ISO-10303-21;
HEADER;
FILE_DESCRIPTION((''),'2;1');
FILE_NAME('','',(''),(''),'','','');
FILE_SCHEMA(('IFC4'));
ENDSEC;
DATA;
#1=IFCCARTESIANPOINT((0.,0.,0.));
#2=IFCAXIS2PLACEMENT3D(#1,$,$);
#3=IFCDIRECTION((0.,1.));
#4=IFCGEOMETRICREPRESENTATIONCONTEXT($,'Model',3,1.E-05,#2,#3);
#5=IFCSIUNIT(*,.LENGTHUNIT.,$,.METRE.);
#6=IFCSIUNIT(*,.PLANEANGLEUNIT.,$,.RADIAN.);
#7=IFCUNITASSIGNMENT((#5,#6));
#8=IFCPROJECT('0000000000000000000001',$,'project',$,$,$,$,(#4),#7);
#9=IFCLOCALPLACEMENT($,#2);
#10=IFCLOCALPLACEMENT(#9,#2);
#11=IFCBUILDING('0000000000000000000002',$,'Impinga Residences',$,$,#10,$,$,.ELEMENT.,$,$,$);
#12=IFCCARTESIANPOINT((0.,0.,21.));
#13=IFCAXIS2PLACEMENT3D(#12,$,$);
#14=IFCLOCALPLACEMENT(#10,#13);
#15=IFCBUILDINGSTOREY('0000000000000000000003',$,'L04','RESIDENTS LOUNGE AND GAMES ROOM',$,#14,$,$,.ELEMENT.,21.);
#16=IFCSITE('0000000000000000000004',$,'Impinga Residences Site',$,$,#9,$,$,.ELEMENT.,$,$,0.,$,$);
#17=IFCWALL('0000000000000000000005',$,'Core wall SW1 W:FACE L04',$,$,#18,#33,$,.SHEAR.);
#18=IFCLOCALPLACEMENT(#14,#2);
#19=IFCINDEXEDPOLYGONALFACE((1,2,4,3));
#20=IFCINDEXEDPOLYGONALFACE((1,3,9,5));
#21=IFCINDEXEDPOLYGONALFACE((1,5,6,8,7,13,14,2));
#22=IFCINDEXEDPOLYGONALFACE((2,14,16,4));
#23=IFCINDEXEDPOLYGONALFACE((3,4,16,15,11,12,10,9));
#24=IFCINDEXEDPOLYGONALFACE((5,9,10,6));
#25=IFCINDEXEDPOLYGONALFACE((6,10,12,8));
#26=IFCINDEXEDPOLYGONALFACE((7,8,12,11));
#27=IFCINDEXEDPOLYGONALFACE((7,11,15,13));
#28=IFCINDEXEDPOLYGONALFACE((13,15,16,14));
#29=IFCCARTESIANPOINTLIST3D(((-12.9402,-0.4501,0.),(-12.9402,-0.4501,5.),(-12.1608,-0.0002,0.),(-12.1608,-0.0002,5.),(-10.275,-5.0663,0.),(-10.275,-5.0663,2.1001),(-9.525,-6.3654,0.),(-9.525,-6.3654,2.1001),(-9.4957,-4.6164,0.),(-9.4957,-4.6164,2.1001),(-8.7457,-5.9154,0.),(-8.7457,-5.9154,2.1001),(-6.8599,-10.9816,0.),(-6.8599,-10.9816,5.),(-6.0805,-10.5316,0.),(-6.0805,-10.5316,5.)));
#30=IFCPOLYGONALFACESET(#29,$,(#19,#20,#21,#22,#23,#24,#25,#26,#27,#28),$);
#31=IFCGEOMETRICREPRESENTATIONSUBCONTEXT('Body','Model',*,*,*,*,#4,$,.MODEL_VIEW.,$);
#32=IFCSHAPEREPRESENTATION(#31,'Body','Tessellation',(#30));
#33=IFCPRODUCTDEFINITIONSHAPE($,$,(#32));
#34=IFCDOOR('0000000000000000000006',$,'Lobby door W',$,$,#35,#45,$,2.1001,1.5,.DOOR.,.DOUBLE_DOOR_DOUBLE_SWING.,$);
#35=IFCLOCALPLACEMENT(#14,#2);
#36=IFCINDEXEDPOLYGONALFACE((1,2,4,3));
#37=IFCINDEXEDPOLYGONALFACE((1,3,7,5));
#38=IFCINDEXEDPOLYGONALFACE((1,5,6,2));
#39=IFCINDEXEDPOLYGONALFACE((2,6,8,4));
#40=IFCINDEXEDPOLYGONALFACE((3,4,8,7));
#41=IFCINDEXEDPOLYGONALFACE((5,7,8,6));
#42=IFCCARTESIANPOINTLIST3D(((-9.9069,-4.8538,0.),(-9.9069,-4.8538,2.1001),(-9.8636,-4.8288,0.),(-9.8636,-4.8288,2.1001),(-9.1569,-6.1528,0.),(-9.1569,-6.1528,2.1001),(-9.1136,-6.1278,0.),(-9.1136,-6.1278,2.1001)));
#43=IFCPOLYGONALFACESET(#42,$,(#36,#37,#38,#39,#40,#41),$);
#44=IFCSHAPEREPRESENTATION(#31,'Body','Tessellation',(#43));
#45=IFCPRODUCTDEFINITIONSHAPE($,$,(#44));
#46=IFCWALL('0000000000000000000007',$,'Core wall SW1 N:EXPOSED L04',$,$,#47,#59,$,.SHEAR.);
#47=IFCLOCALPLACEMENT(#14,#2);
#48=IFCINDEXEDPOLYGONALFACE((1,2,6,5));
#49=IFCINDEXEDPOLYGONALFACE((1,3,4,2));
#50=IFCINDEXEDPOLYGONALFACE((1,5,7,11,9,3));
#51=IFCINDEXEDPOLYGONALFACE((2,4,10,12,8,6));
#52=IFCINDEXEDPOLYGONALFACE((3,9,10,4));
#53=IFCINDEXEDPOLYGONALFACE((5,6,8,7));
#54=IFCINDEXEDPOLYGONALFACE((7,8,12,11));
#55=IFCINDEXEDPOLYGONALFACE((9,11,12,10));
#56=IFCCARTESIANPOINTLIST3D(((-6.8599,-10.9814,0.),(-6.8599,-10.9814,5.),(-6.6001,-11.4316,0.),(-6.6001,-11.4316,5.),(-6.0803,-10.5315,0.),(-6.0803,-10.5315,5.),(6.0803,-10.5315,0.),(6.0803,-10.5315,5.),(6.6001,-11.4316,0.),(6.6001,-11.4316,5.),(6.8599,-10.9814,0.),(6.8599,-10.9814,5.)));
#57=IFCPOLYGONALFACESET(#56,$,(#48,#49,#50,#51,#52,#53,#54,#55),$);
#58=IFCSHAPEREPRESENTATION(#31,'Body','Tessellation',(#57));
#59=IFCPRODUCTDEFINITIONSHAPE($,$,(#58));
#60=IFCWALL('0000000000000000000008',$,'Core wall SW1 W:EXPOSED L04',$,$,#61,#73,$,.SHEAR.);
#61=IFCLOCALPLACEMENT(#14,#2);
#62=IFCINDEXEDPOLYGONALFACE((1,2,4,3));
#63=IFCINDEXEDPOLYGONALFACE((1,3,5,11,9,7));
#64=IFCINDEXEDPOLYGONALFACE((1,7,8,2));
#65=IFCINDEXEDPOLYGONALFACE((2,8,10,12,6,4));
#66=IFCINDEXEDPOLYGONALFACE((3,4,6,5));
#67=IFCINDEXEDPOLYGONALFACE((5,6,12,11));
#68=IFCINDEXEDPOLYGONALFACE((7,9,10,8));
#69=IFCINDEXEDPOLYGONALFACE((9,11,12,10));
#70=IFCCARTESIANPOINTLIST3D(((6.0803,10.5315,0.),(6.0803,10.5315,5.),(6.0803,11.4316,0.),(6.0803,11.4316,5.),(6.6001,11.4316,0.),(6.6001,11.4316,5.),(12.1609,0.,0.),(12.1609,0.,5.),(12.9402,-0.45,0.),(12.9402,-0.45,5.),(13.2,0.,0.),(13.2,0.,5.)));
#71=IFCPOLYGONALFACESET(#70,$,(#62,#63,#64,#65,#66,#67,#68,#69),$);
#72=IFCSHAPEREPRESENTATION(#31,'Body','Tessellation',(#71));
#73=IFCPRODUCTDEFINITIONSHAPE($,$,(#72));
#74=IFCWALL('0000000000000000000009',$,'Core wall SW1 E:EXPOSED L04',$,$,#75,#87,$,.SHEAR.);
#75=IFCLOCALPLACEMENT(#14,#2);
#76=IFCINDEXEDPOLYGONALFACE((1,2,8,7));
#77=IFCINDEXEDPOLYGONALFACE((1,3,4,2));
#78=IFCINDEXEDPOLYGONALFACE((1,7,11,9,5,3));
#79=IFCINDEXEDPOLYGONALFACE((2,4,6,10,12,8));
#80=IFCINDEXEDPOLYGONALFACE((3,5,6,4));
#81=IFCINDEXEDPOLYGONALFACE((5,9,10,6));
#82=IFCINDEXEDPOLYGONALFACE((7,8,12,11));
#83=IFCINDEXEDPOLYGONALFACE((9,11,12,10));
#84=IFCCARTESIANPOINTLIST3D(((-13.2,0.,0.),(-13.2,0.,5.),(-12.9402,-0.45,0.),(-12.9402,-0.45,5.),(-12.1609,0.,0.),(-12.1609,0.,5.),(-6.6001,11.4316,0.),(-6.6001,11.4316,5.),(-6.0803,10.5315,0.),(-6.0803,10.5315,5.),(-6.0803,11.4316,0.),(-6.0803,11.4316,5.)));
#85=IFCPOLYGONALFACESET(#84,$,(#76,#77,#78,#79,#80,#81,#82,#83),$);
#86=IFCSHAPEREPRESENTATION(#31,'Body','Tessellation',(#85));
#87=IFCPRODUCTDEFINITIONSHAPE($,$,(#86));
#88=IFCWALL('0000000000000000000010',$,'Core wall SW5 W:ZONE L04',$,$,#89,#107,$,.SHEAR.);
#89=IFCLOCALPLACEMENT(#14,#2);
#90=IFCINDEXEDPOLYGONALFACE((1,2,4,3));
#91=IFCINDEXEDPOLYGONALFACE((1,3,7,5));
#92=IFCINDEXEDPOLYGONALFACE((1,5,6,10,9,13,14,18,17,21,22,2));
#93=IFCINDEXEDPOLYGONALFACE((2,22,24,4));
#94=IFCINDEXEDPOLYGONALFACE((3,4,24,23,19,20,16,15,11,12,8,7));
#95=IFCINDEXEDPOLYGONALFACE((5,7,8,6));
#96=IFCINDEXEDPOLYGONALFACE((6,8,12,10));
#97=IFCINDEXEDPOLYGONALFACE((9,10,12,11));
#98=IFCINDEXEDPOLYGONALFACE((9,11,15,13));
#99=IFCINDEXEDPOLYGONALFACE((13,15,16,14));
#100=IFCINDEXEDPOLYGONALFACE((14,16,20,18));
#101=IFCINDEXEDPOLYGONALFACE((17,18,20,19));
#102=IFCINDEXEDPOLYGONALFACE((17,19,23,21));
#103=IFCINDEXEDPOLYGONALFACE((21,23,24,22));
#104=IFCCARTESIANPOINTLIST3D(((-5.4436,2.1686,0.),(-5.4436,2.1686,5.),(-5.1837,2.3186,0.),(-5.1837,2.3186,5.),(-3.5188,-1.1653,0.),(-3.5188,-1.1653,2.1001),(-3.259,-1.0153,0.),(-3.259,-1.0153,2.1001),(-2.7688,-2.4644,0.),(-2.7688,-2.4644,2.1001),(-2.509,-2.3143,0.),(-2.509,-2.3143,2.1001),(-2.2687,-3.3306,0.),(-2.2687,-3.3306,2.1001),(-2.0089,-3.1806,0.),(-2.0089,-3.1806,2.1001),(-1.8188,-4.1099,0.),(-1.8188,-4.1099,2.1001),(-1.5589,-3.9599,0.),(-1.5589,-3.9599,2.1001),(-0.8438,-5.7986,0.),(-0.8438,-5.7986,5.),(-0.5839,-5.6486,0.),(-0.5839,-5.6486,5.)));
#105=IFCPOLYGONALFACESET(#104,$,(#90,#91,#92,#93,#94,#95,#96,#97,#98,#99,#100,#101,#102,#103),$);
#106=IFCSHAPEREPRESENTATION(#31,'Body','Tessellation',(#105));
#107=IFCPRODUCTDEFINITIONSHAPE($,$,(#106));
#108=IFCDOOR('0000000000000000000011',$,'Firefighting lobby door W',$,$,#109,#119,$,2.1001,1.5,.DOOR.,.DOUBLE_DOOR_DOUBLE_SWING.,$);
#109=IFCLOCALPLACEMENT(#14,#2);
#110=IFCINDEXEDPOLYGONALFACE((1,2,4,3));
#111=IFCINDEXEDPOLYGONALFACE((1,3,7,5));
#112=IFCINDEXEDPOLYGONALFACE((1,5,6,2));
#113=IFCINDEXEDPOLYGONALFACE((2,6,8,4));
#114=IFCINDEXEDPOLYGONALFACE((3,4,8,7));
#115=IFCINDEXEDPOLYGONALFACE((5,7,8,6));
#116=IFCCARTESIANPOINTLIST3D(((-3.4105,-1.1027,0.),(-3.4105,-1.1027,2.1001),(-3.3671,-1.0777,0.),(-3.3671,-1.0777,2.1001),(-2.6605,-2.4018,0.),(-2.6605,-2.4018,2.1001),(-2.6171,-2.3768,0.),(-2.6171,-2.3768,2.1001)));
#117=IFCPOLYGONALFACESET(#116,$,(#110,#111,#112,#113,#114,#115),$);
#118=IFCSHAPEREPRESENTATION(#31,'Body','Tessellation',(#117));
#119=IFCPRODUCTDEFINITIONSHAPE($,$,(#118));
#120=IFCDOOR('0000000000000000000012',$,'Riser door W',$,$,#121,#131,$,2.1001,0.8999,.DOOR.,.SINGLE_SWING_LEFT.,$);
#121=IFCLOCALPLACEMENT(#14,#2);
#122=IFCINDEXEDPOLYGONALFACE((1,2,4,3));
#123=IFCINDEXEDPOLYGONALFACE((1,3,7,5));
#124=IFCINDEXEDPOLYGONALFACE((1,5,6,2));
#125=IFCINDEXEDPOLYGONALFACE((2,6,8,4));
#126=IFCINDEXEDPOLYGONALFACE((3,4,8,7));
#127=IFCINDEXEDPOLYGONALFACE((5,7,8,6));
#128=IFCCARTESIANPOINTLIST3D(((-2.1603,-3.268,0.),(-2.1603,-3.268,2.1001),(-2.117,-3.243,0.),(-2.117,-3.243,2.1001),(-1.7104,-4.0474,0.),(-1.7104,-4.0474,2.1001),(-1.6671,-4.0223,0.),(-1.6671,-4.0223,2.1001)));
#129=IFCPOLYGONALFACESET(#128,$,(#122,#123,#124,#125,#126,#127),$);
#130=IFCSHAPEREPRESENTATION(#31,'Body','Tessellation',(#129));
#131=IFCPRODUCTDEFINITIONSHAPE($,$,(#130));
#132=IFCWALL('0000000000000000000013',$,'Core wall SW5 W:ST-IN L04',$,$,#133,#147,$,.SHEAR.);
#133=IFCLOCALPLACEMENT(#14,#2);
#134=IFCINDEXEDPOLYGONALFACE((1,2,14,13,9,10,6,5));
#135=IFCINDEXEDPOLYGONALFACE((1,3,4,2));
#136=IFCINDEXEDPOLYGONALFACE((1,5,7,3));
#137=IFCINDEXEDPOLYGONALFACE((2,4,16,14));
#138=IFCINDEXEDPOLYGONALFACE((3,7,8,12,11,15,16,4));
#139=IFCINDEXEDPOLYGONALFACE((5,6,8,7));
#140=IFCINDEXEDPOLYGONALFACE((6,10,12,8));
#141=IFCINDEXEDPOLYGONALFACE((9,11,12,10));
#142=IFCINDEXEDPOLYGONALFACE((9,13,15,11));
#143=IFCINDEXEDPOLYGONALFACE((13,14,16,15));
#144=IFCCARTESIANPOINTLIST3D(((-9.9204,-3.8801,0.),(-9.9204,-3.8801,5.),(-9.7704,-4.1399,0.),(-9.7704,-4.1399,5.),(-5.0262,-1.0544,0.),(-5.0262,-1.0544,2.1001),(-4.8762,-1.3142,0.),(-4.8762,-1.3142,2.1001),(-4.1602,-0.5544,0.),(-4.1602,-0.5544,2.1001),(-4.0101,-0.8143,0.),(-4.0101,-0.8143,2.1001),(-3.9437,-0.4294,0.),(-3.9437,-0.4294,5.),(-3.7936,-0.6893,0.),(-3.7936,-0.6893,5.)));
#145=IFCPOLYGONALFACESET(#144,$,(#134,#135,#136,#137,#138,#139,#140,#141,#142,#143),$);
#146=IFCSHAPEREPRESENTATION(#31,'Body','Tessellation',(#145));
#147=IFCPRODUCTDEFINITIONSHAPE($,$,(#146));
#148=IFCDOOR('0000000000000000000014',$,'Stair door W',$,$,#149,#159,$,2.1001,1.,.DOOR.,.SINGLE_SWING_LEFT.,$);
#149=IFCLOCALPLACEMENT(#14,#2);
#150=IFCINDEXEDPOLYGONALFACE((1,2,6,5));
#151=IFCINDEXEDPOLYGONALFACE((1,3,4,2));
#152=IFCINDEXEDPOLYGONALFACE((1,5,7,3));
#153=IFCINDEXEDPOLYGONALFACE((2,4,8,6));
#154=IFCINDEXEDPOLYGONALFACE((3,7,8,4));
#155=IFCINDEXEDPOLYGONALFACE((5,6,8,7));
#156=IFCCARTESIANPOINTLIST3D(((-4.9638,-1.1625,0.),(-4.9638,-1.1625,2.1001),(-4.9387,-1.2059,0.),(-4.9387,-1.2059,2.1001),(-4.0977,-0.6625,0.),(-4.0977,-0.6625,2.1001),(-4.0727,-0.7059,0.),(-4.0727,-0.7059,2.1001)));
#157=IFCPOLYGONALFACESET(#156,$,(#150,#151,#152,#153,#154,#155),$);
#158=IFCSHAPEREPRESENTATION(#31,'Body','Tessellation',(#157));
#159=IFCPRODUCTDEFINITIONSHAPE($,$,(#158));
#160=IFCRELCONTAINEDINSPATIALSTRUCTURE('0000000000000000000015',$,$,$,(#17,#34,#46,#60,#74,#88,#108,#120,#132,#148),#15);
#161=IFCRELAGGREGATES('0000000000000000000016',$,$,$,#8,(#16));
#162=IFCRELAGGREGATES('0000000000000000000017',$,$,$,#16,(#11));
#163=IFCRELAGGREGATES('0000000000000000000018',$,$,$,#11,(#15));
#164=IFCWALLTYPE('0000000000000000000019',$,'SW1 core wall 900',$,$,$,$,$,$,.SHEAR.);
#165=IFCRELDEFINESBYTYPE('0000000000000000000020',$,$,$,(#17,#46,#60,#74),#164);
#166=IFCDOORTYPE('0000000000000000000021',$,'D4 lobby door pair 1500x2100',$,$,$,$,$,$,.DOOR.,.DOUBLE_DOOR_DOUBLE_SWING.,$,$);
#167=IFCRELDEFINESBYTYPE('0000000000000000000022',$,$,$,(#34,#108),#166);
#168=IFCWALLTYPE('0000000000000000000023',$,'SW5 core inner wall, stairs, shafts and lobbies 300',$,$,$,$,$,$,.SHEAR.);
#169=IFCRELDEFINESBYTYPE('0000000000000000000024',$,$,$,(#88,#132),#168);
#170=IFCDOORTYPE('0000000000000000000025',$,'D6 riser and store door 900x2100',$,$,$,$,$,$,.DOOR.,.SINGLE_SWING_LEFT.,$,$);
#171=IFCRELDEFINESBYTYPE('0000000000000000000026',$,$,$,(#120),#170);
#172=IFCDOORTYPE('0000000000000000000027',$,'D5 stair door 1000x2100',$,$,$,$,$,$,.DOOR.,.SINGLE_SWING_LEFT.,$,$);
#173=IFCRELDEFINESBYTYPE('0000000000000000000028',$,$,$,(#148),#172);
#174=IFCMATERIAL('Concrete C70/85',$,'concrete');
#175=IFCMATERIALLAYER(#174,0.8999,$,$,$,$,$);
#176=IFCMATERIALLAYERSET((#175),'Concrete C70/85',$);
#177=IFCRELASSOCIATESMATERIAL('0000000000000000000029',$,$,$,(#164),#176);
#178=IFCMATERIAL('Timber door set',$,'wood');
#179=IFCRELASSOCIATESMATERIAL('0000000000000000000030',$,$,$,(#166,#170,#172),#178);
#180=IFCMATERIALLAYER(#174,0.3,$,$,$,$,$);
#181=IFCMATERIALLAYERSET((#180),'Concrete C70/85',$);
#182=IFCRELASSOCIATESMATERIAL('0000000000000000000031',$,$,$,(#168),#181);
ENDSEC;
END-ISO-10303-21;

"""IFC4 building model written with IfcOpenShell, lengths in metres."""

from ifc_helpers import new_model, si_unit, direction, frame, frame_2d, origin, place, context, subcontext, project, spatial, polyline, rectangle, outline, extrude, material, layer, layer_set, type_object, element, fill, save


model = new_model("IFC4")

# Units and contexts
model_context = context("Model", 3, precision=1e-05, world=origin(), true_north=direction((0.0, 1.0)))
body_context = subcontext(model_context, "Body", "Model", "MODEL_VIEW")
ifc_project = project(units=[si_unit("LENGTHUNIT", "METRE"), si_unit("PLANEANGLEUNIT", "RADIAN")], contexts=[model_context])

# Site, building, storey
site_placement = place(None, origin())
site = spatial("IfcSite", under=ifc_project, at=site_placement, Name="Impinga Residences Site", CompositionType="ELEMENT", RefElevation=0.0)
building_placement = place(site_placement, origin())
building = spatial("IfcBuilding", under=site, at=building_placement, Name="Impinga Residences", CompositionType="ELEMENT")
storey_placement = place(building_placement, frame((0.0, 0.0, 21.0)))
storey = spatial("IfcBuildingStorey", under=building, at=storey_placement, Name="L04", Description="RESIDENTS LOUNGE AND GAMES ROOM", CompositionType="ELEMENT", Elevation=21.0)

# Wall, opening, door
ifc_material_1 = material(Name="Concrete C70/85", Category="concrete")
ifc_layer_1 = layer(ifc_material_1, 0.8999)
ifc_layer_set_1 = layer_set([ifc_layer_1], Name="Concrete C70/85")
wall_type_1 = type_object("IfcWallType", Name="SW1 core wall 900", PredefinedType="SHEAR", material=ifc_layer_set_1)
wall_1_placement = place(storey_placement, frame((-6.4702, -10.7566, 0.0), z_axis=(0.0, 0.0, 1.0), x_axis=(-0.499998, 0.866027, 0.0)))
wall_1 = element("IfcWall", 1, at=wall_1_placement, inside=storey, type_object=wall_type_1, Name="Core wall SW1 W:FACE L04", PredefinedType="SHEAR", context=body_context, shape_type="SweptSolid", body=[
    extrude(rectangle(XDim=12.1606, YDim=0.8999, at=frame_2d((6.0803, 0.0))), origin(), (0.0, 0.0, 1.0), 5.0),
])
opening_1_placement = place(wall_1_placement, frame((5.3303, 0.0, 0.0)))
opening_1 = element("IfcOpeningElement", 2, at=opening_1_placement, cuts=wall_1, PredefinedType="OPENING", context=body_context, shape_type="SweptSolid", body=[
    extrude(rectangle(XDim=1.5, YDim=2.1001, at=frame_2d((0.75, 1.05))), frame((0.0, 0.46, 0.0), z_axis=(0.0, -1.0, 0.0), x_axis=(1.0, 0.0, 0.0)), (0.0, 0.0, 1.0), 0.9199),
])
ifc_material_2 = material(Name="Timber door set", Category="wood")
door_type_1 = type_object("IfcDoorType", Name="D4 lobby door pair 1500x2100", OperationType="DOUBLE_DOOR_DOUBLE_SWING", PredefinedType="DOOR", material=ifc_material_2)
door_1_placement = place(opening_1_placement, origin())
door_1 = element("IfcDoor", 3, at=door_1_placement, inside=storey, type_object=door_type_1, Name="Lobby door W", OperationType="DOUBLE_DOOR_DOUBLE_SWING", OverallHeight=2.1001, OverallWidth=1.5, PredefinedType="DOOR", context=body_context, shape_type="SweptSolid", body=[
    extrude(rectangle(XDim=1.5, YDim=2.1001, at=frame_2d((0.75, 1.05))), frame((0.0, 0.0249, 0.0), z_axis=(0.0, -1.0, 0.0), x_axis=(1.0, 0.0, 0.0)), (0.0, 0.0, 1.0), 0.05),
])
fill(opening_1, door_1)

# Walls
wall_2_placement = place(storey_placement, origin())
element("IfcWall", 4, at=wall_2_placement, inside=storey, type_object=wall_type_1, Name="Core wall SW1 N:EXPOSED L04", PredefinedType="SHEAR", context=body_context, shape_type="SweptSolid", body=[
    extrude(outline(polyline([(-6.6001, -11.4316), (6.6001, -11.4316), (6.8599, -10.9814), (6.0803, -10.5315), (-6.0803, -10.5315), (-6.8599, -10.9814), (-6.6001, -11.4316)])), origin(), (0.0, 0.0, 1.0), 5.0),
])
wall_3_placement = place(storey_placement, origin())
element("IfcWall", 5, at=wall_3_placement, inside=storey, type_object=wall_type_1, Name="Core wall SW1 W:EXPOSED L04", PredefinedType="SHEAR", context=body_context, shape_type="SweptSolid", body=[
    extrude(outline(polyline([(13.2, 0.0), (6.6001, 11.4316), (6.0803, 11.4316), (6.0803, 10.5315), (12.1609, 0.0), (12.9402, -0.45), (13.2, 0.0)])), origin(), (0.0, 0.0, 1.0), 5.0),
])
wall_4_placement = place(storey_placement, origin())
element("IfcWall", 6, at=wall_4_placement, inside=storey, type_object=wall_type_1, Name="Core wall SW1 E:EXPOSED L04", PredefinedType="SHEAR", context=body_context, shape_type="SweptSolid", body=[
    extrude(outline(polyline([(-6.6001, 11.4316), (-13.2, 0.0), (-12.9402, -0.45), (-12.1609, 0.0), (-6.0803, 10.5315), (-6.0803, 11.4316), (-6.6001, 11.4316)])), origin(), (0.0, 0.0, 1.0), 5.0),
])

# Wall, openings, doors
ifc_layer_2 = layer(ifc_material_1, 0.3)
ifc_layer_set_2 = layer_set([ifc_layer_2], Name="Concrete C70/85")
wall_type_2 = type_object("IfcWallType", Name="SW5 core inner wall, stairs, shafts and lobbies 300", PredefinedType="SHEAR", material=ifc_layer_set_2)
wall_5_placement = place(storey_placement, frame((-0.7139, -5.7236, 0.0), z_axis=(0.0, 0.0, 1.0), x_axis=(-0.499995, 0.866028, 0.0)))
wall_5 = element("IfcWall", 7, at=wall_5_placement, inside=storey, type_object=wall_type_2, Name="Core wall SW5 W:ZONE L04", PredefinedType="SHEAR", context=body_context, shape_type="SweptSolid", body=[
    extrude(rectangle(XDim=9.1997, YDim=0.3, at=frame_2d((4.5999, 0.0))), origin(), (0.0, 0.0, 1.0), 5.0),
])
opening_2_placement = place(wall_5_placement, frame((3.8501, 0.0, 0.0)))
opening_2 = element("IfcOpeningElement", 8, at=opening_2_placement, cuts=wall_5, PredefinedType="OPENING", context=body_context, shape_type="SweptSolid", body=[
    extrude(rectangle(XDim=1.5, YDim=2.1001, at=frame_2d((0.75, 1.05))), frame((0.0, 0.1599, 0.0), z_axis=(0.0, -1.0, 0.0), x_axis=(1.0, 0.0, 0.0)), (0.0, 0.0, 1.0), 0.3201),
])
opening_3_placement = place(wall_5_placement, frame((1.95, 0.0, 0.0)))
opening_3 = element("IfcOpeningElement", 9, at=opening_3_placement, cuts=wall_5, PredefinedType="OPENING", context=body_context, shape_type="SweptSolid", body=[
    extrude(rectangle(XDim=0.8999, YDim=2.1001, at=frame_2d((0.45, 1.05))), frame((0.0, 0.1599, 0.0), z_axis=(0.0, -1.0, 0.0), x_axis=(1.0, 0.0, 0.0)), (0.0, 0.0, 1.0), 0.3201),
])
door_2_placement = place(opening_2_placement, origin())
door_2 = element("IfcDoor", 10, at=door_2_placement, inside=storey, type_object=door_type_1, Name="Firefighting lobby door W", OperationType="DOUBLE_DOOR_DOUBLE_SWING", OverallHeight=2.1001, OverallWidth=1.5, PredefinedType="DOOR", context=body_context, shape_type="SweptSolid", body=[
    extrude(rectangle(XDim=1.5, YDim=2.1001, at=frame_2d((0.75, 1.05))), frame((0.0, 0.0249, 0.0), z_axis=(0.0, -1.0, 0.0), x_axis=(1.0, 0.0, 0.0)), (0.0, 0.0, 1.0), 0.05),
])
fill(opening_2, door_2)
door_type_2 = type_object("IfcDoorType", Name="D6 riser and store door 900x2100", OperationType="SINGLE_SWING_LEFT", PredefinedType="DOOR", material=ifc_material_2)
door_3_placement = place(opening_3_placement, origin())
door_3 = element("IfcDoor", 11, at=door_3_placement, inside=storey, type_object=door_type_2, Name="Riser door W", OperationType="SINGLE_SWING_LEFT", OverallHeight=2.1001, OverallWidth=0.8999, PredefinedType="DOOR", context=body_context, shape_type="SweptSolid", body=[
    extrude(rectangle(XDim=0.8999, YDim=2.1001, at=frame_2d((0.45, 1.05))), frame((0.0, 0.0249, 0.0), z_axis=(0.0, -1.0, 0.0), x_axis=(1.0, 0.0, 0.0)), (0.0, 0.0, 1.0), 0.05),
])
fill(opening_3, door_3)

# Wall, opening, door
wall_6_placement = place(storey_placement, frame((-3.8687, -0.5593, 0.0), z_axis=(0.0, 0.0, 1.0), x_axis=(-0.866027, -0.499997, 0.0)))
wall_6 = element("IfcWall", 12, at=wall_6_placement, inside=storey, type_object=wall_type_2, Name="Core wall SW5 W:ST-IN L04", PredefinedType="SHEAR", context=body_context, shape_type="SweptSolid", body=[
    extrude(rectangle(XDim=6.9014, YDim=0.3, at=frame_2d((3.4507, 0.0))), origin(), (0.0, 0.0, 1.0), 5.0),
])
opening_4_placement = place(wall_6_placement, frame((0.25, 0.0, 0.0)))
opening_4 = element("IfcOpeningElement", 13, at=opening_4_placement, cuts=wall_6, PredefinedType="OPENING", context=body_context, shape_type="SweptSolid", body=[
    extrude(rectangle(XDim=1.0, YDim=2.1001, at=frame_2d((0.5, 1.05))), frame((0.0, 0.1599, 0.0), z_axis=(0.0, -1.0, 0.0), x_axis=(1.0, 0.0, 0.0)), (0.0, 0.0, 1.0), 0.3201),
])
door_type_3 = type_object("IfcDoorType", Name="D5 stair door 1000x2100", OperationType="SINGLE_SWING_LEFT", PredefinedType="DOOR", material=ifc_material_2)
door_4_placement = place(opening_4_placement, origin())
door_4 = element("IfcDoor", 14, at=door_4_placement, inside=storey, type_object=door_type_3, Name="Stair door W", OperationType="SINGLE_SWING_LEFT", OverallHeight=2.1001, OverallWidth=1.0, PredefinedType="DOOR", context=body_context, shape_type="SweptSolid", body=[
    extrude(rectangle(XDim=1.0, YDim=2.1001, at=frame_2d((0.5, 1.05))), frame((0.0, 0.0249, 0.0), z_axis=(0.0, -1.0, 0.0), x_axis=(1.0, 0.0, 0.0)), (0.0, 0.0, 1.0), 0.05),
])
fill(opening_4, door_4)

save(model, "model.ifc")
